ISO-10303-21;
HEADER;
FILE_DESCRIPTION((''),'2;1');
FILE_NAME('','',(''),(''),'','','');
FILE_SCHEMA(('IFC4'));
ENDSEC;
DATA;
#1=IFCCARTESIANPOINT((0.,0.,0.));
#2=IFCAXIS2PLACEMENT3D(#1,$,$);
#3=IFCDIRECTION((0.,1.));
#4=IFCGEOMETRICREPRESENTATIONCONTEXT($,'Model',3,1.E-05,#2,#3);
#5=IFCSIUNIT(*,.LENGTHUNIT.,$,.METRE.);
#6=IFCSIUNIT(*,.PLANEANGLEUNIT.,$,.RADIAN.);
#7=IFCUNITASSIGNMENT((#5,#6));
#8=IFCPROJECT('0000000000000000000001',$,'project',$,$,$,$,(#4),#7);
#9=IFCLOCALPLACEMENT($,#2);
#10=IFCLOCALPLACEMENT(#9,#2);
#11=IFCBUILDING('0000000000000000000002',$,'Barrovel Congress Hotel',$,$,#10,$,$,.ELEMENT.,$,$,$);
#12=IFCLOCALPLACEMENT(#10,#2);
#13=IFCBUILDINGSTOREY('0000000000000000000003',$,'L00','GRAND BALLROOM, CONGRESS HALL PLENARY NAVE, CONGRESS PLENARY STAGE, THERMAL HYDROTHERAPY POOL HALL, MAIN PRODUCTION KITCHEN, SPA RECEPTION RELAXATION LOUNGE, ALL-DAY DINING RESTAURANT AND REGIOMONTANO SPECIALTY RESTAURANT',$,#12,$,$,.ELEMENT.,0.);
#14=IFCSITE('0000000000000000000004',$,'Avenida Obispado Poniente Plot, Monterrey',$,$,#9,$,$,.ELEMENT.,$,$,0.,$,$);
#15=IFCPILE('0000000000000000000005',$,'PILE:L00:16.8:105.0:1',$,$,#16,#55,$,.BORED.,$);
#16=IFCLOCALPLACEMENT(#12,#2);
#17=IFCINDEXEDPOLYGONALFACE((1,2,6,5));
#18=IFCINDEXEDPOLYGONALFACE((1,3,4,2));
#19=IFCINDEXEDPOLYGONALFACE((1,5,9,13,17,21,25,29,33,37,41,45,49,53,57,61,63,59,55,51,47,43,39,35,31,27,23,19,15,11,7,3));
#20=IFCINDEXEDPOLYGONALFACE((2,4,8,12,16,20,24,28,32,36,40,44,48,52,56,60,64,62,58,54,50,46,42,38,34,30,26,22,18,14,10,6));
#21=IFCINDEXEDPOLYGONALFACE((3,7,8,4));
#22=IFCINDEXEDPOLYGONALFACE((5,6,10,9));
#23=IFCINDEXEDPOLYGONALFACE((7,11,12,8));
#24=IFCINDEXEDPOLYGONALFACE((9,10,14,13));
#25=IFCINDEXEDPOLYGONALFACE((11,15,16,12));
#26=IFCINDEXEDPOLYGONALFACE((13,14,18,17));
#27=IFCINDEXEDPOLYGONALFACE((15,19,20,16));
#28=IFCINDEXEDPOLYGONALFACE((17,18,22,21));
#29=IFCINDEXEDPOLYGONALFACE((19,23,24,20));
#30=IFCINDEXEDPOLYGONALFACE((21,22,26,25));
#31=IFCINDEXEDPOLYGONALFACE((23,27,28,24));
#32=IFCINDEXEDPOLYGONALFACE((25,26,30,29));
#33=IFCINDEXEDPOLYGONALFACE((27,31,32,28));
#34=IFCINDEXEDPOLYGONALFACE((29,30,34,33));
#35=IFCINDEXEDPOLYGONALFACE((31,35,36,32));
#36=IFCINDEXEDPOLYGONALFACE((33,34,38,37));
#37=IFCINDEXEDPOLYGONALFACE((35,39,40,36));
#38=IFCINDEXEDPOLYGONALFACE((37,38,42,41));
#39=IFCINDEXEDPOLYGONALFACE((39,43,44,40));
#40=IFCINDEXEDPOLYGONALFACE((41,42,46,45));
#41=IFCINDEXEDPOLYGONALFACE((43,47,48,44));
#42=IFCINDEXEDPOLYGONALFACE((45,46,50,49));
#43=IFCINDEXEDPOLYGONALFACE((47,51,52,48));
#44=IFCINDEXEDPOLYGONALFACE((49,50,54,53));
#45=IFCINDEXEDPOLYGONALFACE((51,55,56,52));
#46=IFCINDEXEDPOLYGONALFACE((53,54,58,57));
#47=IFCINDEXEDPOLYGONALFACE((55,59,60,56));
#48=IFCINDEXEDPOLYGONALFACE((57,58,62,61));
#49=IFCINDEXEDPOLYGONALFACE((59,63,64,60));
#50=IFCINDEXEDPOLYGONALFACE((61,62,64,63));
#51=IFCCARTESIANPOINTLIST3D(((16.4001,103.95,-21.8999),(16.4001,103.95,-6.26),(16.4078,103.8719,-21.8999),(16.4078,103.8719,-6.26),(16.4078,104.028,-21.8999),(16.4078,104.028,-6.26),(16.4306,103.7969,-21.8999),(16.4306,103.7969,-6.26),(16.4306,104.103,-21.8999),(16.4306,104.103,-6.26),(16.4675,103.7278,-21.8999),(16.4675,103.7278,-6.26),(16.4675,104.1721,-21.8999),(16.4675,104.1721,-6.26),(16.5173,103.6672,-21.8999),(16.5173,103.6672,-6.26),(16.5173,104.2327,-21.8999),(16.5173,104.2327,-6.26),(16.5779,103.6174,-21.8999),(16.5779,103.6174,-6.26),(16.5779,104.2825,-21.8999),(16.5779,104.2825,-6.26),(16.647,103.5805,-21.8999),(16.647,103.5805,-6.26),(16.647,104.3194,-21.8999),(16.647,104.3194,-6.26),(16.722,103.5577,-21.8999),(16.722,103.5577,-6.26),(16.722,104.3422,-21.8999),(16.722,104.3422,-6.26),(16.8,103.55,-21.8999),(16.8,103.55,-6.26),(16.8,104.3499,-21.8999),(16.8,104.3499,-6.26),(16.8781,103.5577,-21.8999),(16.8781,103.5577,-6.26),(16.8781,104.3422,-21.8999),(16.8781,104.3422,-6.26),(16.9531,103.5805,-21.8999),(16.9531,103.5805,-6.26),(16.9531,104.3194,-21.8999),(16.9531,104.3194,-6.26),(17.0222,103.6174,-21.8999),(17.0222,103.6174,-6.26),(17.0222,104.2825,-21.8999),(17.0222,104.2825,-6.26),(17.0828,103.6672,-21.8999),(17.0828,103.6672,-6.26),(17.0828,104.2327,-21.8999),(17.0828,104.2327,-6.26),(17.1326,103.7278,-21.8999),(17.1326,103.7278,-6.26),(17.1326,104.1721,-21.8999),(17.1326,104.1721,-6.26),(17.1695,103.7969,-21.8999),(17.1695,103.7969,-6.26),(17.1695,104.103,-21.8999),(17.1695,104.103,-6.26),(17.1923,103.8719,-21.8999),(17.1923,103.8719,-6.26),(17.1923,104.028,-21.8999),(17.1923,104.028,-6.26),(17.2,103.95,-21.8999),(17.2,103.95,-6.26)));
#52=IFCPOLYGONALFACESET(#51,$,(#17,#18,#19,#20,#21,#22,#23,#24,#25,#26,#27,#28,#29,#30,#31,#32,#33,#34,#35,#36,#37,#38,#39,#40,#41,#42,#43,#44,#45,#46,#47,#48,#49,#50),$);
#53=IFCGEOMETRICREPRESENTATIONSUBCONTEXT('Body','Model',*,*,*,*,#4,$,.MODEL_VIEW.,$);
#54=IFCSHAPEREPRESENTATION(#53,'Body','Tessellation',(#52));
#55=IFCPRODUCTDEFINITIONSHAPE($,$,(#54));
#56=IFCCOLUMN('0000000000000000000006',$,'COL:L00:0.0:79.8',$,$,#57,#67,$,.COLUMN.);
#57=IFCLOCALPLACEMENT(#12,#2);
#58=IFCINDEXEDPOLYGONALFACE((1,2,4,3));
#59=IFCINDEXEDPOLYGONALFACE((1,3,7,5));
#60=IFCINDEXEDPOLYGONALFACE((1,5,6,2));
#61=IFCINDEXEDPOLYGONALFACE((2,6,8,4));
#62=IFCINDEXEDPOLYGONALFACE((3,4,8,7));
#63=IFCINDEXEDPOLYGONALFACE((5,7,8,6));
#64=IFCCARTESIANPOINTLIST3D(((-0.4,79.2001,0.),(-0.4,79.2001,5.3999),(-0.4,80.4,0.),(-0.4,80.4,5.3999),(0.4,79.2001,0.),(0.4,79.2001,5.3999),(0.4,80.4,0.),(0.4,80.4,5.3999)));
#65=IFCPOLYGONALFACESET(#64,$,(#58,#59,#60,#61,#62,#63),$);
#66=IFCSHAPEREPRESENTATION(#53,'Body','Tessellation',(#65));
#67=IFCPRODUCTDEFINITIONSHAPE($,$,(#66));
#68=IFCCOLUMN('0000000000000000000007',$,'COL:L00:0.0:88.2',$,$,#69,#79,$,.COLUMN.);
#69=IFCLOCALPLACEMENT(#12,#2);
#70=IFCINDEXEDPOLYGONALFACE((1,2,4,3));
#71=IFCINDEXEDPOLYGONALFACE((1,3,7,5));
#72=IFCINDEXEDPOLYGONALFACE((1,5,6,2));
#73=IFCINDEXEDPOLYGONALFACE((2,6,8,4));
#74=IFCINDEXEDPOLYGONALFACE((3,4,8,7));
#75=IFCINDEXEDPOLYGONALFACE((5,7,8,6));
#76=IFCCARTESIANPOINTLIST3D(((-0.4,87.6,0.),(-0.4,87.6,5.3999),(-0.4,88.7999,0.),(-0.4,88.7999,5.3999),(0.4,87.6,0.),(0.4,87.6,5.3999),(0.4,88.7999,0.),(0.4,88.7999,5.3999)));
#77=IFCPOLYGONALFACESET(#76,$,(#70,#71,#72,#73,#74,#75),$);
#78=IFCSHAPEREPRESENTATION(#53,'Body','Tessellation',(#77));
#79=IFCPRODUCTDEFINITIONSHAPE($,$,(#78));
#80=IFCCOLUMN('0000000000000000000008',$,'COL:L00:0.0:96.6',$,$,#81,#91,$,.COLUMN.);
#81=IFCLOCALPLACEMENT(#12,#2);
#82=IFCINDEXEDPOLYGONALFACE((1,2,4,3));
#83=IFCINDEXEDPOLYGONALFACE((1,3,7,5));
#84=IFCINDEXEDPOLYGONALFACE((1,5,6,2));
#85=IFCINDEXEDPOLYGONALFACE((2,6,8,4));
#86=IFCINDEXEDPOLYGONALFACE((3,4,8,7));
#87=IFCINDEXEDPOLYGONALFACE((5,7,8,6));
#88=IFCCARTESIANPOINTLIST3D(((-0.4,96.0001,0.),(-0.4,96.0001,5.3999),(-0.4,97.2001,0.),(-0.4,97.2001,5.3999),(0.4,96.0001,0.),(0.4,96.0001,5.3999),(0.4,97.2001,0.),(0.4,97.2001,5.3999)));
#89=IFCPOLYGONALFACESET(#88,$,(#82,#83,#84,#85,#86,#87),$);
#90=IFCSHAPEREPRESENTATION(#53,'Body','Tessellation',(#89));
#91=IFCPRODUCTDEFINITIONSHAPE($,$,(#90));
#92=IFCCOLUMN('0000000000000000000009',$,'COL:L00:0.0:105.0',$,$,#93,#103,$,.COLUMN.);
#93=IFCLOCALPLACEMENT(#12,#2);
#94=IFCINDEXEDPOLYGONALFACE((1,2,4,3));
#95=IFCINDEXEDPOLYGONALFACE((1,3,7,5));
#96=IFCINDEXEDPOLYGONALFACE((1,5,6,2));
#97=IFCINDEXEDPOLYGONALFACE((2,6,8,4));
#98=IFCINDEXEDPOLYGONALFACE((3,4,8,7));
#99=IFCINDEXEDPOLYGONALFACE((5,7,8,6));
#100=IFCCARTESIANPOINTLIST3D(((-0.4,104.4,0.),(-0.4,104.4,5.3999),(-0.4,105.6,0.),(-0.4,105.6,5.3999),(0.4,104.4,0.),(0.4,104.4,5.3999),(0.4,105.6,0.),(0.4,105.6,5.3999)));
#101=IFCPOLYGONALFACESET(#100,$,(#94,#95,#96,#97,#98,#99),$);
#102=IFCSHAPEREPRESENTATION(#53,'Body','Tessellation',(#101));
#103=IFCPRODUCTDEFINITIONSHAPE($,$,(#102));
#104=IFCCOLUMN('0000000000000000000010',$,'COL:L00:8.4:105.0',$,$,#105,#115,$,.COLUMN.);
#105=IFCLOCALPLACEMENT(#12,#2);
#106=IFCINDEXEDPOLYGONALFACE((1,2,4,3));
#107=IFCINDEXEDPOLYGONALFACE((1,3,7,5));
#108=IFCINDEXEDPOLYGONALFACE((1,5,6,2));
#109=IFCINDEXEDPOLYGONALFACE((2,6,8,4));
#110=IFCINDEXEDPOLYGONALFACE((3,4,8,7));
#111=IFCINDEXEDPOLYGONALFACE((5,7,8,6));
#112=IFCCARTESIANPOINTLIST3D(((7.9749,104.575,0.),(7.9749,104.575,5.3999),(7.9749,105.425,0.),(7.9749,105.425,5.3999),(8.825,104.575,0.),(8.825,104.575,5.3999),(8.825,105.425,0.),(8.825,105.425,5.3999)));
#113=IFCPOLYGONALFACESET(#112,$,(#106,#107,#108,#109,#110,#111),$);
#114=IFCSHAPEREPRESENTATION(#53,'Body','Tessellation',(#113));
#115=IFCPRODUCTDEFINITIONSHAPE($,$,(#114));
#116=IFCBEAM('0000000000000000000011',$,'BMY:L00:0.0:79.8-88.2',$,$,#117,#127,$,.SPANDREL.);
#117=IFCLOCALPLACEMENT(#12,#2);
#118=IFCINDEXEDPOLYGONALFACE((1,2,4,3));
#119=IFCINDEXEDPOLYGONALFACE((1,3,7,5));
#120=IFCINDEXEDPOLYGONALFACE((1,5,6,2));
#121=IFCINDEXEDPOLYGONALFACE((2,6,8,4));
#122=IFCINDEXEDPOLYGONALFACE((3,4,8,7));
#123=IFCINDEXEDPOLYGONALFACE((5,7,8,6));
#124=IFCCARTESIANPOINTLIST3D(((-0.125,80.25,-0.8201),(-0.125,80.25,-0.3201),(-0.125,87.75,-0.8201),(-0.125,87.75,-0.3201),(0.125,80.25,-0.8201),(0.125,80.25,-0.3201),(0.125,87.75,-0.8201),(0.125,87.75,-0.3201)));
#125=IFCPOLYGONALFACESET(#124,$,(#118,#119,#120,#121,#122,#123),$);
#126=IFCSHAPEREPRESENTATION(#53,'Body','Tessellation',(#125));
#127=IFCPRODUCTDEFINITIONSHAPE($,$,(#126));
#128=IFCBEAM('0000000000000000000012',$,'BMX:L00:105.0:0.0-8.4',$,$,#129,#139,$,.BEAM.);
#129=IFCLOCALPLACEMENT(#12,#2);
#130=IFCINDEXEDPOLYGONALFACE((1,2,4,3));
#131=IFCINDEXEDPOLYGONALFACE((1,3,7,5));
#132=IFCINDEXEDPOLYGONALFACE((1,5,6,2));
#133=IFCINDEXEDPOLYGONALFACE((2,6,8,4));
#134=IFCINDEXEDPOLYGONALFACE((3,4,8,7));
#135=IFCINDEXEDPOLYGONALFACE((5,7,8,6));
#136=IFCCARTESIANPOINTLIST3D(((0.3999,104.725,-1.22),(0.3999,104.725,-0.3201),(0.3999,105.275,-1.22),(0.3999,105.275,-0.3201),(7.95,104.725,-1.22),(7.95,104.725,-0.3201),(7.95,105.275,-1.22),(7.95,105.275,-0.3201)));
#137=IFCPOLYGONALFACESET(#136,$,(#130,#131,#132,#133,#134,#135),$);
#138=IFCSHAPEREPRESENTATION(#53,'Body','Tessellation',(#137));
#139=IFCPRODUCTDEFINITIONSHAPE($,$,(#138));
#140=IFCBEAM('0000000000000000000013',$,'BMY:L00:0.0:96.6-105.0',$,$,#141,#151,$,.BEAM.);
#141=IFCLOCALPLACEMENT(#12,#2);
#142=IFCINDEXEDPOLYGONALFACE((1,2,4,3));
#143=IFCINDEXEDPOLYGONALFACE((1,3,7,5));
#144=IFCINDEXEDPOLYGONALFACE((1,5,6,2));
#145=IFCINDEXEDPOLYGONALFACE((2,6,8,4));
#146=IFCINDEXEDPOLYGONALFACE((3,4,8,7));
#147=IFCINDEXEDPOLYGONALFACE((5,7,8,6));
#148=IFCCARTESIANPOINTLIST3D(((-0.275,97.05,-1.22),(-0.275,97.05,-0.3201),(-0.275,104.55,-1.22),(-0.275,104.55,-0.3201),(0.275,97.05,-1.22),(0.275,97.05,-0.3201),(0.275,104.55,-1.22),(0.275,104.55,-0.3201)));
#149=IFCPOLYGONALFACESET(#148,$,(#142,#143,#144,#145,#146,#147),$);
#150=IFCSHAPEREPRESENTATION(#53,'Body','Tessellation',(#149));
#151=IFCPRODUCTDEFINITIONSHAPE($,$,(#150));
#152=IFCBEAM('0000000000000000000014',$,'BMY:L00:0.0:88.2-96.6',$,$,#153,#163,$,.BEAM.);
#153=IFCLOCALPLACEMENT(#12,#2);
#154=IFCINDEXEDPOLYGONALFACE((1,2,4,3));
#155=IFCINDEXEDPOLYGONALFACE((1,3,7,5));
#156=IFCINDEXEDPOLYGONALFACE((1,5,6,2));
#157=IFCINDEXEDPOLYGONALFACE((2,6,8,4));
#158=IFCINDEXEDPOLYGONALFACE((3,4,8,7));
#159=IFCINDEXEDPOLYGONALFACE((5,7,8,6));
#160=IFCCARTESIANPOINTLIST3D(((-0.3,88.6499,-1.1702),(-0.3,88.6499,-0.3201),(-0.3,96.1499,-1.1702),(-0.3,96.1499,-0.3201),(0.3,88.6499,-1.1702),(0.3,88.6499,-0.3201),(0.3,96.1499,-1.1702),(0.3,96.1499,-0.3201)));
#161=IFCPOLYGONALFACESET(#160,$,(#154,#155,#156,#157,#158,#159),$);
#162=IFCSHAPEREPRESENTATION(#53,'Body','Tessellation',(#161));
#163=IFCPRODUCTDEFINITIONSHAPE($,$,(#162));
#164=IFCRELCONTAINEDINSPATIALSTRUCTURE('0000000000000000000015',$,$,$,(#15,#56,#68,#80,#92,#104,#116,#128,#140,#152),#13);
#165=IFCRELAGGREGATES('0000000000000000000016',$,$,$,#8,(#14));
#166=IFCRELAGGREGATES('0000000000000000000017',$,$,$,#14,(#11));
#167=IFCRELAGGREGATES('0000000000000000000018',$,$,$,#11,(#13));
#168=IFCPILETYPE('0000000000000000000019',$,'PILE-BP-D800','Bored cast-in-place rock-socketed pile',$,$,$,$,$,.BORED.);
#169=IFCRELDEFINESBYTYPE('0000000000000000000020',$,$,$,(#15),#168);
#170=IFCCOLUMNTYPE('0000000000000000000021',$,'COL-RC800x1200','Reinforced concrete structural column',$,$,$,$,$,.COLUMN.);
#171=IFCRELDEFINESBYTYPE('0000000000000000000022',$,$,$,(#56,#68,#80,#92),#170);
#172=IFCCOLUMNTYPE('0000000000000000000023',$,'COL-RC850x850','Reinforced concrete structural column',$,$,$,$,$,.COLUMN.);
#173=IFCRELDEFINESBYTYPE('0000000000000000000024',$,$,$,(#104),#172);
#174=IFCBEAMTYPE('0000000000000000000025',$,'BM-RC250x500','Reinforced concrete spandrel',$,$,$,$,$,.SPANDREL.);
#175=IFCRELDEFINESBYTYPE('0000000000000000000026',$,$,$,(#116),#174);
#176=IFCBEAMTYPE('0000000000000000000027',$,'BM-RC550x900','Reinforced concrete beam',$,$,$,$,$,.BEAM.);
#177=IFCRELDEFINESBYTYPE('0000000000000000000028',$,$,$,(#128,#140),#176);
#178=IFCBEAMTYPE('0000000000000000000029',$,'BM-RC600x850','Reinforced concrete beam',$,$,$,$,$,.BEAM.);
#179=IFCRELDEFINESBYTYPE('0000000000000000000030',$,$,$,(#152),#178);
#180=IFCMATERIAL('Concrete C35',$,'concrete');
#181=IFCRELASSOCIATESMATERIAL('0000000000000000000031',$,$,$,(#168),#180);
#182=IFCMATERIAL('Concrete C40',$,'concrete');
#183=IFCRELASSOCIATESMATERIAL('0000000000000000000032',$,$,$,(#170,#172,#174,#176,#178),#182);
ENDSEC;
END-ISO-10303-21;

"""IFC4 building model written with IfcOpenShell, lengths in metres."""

from ifc_helpers import new_model, si_unit, direction, frame, origin, origin_2d, place, context, subcontext, project, spatial, rectangle, circle, extrude, material, material_profile, profile_set, type_object, element, save


model = new_model("IFC4")

# Units and contexts
model_context = context("Model", 3, precision=1e-05, world=origin(), true_north=direction((0.0, 1.0)))
body_context = subcontext(model_context, "Body", "Model", "MODEL_VIEW")
ifc_project = project(units=[si_unit("LENGTHUNIT", "METRE"), si_unit("PLANEANGLEUNIT", "RADIAN")], contexts=[model_context])

# Site, building, storey
site_placement = place(None, origin())
site = spatial("IfcSite", under=ifc_project, at=site_placement, Name="Avenida Obispado Poniente Plot, Monterrey", CompositionType="ELEMENT", RefElevation=0.0)
building_placement = place(site_placement, origin())
building = spatial("IfcBuilding", under=site, at=building_placement, Name="Barrovel Congress Hotel", CompositionType="ELEMENT")
storey_placement = place(building_placement, origin())
storey = spatial("IfcBuildingStorey", under=building, at=storey_placement, Name="L00", Description="GRAND BALLROOM, CONGRESS HALL PLENARY NAVE, CONGRESS PLENARY STAGE, THERMAL HYDROTHERAPY POOL HALL, MAIN PRODUCTION KITCHEN, SPA RECEPTION RELAXATION LOUNGE, ALL-DAY DINING RESTAURANT AND REGIOMONTANO SPECIALTY RESTAURANT", CompositionType="ELEMENT", Elevation=0.0)

# Shared definitions
ifc_material_1 = material(Name="Concrete C40", Category="concrete")

# Pile
ifc_material_2 = material(Name="Concrete C35", Category="concrete")
ifc_material_profile_1 = material_profile(ifc_material_2, circle(Radius=0.3999, at=origin_2d()), Name="BP-D800")
ifc_profile_set_1 = profile_set([ifc_material_profile_1], Name="Concrete C35")
pile_type_1 = type_object("IfcPileType", Name="PILE-BP-D800", Description="Bored cast-in-place rock-socketed pile", PredefinedType="BORED", material=ifc_profile_set_1)
for number, where, z_axis, x_axis, name in (
    (1, (16.8, 103.95, -6.26), (0.0, 0.0, -1.0), (1.0, 0.0, 0.0), "PILE:L00:16.8:105.0:1"),
):
    element("IfcPile", number, at=place(storey_placement, frame(where, z_axis=z_axis, x_axis=x_axis)), inside=storey, type_object=pile_type_1, Name=name, PredefinedType="BORED", context=body_context, shape_type="SweptSolid", body=[
        extrude(circle(Radius=0.3999, at=origin_2d()), origin(), (0.0, 0.0, 1.0), 15.6399),
    ])

# Columns
ifc_material_profile_2 = material_profile(ifc_material_1, rectangle(XDim=0.8, YDim=1.2, at=origin_2d()), Name="RC800x1200")
ifc_profile_set_2 = profile_set([ifc_material_profile_2], Name="Concrete C40")
column_type_1 = type_object("IfcColumnType", Name="COL-RC800x1200", Description="Reinforced concrete structural column", PredefinedType="COLUMN", material=ifc_profile_set_2)
for number, where, z_axis, x_axis, name in (
    (2, (0.0, 79.8, 0.0), (0.0, 0.0, 1.0), (1.0, 0.0, 0.0), "COL:L00:0.0:79.8"),
    (3, (0.0, 88.2, 0.0), (0.0, 0.0, 1.0), (1.0, 0.0, 0.0), "COL:L00:0.0:88.2"),
    (4, (0.0, 96.6001, 0.0), (0.0, 0.0, 1.0), (1.0, 0.0, 0.0), "COL:L00:0.0:96.6"),
    (5, (0.0, 105.0, 0.0), (0.0, 0.0, 1.0), (1.0, 0.0, 0.0), "COL:L00:0.0:105.0"),
):
    element("IfcColumn", number, at=place(storey_placement, frame(where, z_axis=z_axis, x_axis=x_axis)), inside=storey, type_object=column_type_1, Name=name, PredefinedType="COLUMN", context=body_context, shape_type="SweptSolid", body=[
        extrude(rectangle(XDim=0.8, YDim=1.2, at=origin_2d()), origin(), (0.0, 0.0, 1.0), 5.3999),
    ])
ifc_material_profile_3 = material_profile(ifc_material_1, rectangle(XDim=0.8501, YDim=0.8501, at=origin_2d()), Name="RC850x850")
ifc_profile_set_3 = profile_set([ifc_material_profile_3], Name="Concrete C40")
column_type_2 = type_object("IfcColumnType", Name="COL-RC850x850", Description="Reinforced concrete structural column", PredefinedType="COLUMN", material=ifc_profile_set_3)
column_placement = place(storey_placement, frame((8.3999, 105.0, 0.0), z_axis=(0.0, 0.0, 1.0), x_axis=(1.0, 0.0, 0.0)))
element("IfcColumn", 6, at=column_placement, inside=storey, type_object=column_type_2, Name="COL:L00:8.4:105.0", PredefinedType="COLUMN", context=body_context, shape_type="SweptSolid", body=[
    extrude(rectangle(XDim=0.8501, YDim=0.8501, at=origin_2d()), origin(), (0.0, 0.0, 1.0), 5.3999),
])

# Beams
ifc_material_profile_4 = material_profile(ifc_material_1, rectangle(XDim=0.25, YDim=0.5, at=origin_2d()), Name="RC250x500")
ifc_profile_set_4 = profile_set([ifc_material_profile_4], Name="Concrete C40")
beam_type_1 = type_object("IfcBeamType", Name="BM-RC250x500", Description="Reinforced concrete spandrel", PredefinedType="SPANDREL", material=ifc_profile_set_4)
beam_1_placement = place(storey_placement, frame((0.0, 80.25, -0.5701), z_axis=(0.0, 1.0, 0.0), x_axis=(-1.0, 0.0, 0.0)))
element("IfcBeam", 7, at=beam_1_placement, inside=storey, type_object=beam_type_1, Name="BMY:L00:0.0:79.8-88.2", PredefinedType="SPANDREL", context=body_context, shape_type="SweptSolid", body=[
    extrude(rectangle(XDim=0.25, YDim=0.5, at=origin_2d()), origin(), (0.0, 0.0, 1.0), 7.5),
])
ifc_material_profile_5 = material_profile(ifc_material_1, rectangle(XDim=0.55, YDim=0.8999, at=origin_2d()), Name="RC550x900")
ifc_profile_set_5 = profile_set([ifc_material_profile_5], Name="Concrete C40")
beam_type_2 = type_object("IfcBeamType", Name="BM-RC550x900", Description="Reinforced concrete beam", PredefinedType="BEAM", material=ifc_profile_set_5)
beam_2_placement = place(storey_placement, frame((0.3999, 105.0, -0.77), z_axis=(1.0, 0.0, 0.0), x_axis=(0.0, 1.0, 0.0)))
element("IfcBeam", 8, at=beam_2_placement, inside=storey, type_object=beam_type_2, Name="BMX:L00:105.0:0.0-8.4", PredefinedType="BEAM", context=body_context, shape_type="SweptSolid", body=[
    extrude(rectangle(XDim=0.55, YDim=0.8999, at=origin_2d()), origin(), (0.0, 0.0, 1.0), 7.55),
])
beam_3_placement = place(storey_placement, frame((0.0, 97.05, -0.77), z_axis=(0.0, 1.0, 0.0), x_axis=(-1.0, 0.0, 0.0)))
element("IfcBeam", 9, at=beam_3_placement, inside=storey, type_object=beam_type_2, Name="BMY:L00:0.0:96.6-105.0", PredefinedType="BEAM", context=body_context, shape_type="SweptSolid", body=[
    extrude(rectangle(XDim=0.55, YDim=0.8999, at=origin_2d()), origin(), (0.0, 0.0, 1.0), 7.5),
])
ifc_material_profile_6 = material_profile(ifc_material_1, rectangle(XDim=0.6001, YDim=0.8501, at=origin_2d()), Name="RC600x850")
ifc_profile_set_6 = profile_set([ifc_material_profile_6], Name="Concrete C40")
beam_type_3 = type_object("IfcBeamType", Name="BM-RC600x850", Description="Reinforced concrete beam", PredefinedType="BEAM", material=ifc_profile_set_6)
beam_4_placement = place(storey_placement, frame((0.0, 88.6499, -0.7451), z_axis=(0.0, 1.0, 0.0), x_axis=(-1.0, 0.0, 0.0)))
element("IfcBeam", 10, at=beam_4_placement, inside=storey, type_object=beam_type_3, Name="BMY:L00:0.0:88.2-96.6", PredefinedType="BEAM", context=body_context, shape_type="SweptSolid", body=[
    extrude(rectangle(XDim=0.6001, YDim=0.8501, at=origin_2d()), origin(), (0.0, 0.0, 1.0), 7.5),
])

save(model, "model.ifc")
